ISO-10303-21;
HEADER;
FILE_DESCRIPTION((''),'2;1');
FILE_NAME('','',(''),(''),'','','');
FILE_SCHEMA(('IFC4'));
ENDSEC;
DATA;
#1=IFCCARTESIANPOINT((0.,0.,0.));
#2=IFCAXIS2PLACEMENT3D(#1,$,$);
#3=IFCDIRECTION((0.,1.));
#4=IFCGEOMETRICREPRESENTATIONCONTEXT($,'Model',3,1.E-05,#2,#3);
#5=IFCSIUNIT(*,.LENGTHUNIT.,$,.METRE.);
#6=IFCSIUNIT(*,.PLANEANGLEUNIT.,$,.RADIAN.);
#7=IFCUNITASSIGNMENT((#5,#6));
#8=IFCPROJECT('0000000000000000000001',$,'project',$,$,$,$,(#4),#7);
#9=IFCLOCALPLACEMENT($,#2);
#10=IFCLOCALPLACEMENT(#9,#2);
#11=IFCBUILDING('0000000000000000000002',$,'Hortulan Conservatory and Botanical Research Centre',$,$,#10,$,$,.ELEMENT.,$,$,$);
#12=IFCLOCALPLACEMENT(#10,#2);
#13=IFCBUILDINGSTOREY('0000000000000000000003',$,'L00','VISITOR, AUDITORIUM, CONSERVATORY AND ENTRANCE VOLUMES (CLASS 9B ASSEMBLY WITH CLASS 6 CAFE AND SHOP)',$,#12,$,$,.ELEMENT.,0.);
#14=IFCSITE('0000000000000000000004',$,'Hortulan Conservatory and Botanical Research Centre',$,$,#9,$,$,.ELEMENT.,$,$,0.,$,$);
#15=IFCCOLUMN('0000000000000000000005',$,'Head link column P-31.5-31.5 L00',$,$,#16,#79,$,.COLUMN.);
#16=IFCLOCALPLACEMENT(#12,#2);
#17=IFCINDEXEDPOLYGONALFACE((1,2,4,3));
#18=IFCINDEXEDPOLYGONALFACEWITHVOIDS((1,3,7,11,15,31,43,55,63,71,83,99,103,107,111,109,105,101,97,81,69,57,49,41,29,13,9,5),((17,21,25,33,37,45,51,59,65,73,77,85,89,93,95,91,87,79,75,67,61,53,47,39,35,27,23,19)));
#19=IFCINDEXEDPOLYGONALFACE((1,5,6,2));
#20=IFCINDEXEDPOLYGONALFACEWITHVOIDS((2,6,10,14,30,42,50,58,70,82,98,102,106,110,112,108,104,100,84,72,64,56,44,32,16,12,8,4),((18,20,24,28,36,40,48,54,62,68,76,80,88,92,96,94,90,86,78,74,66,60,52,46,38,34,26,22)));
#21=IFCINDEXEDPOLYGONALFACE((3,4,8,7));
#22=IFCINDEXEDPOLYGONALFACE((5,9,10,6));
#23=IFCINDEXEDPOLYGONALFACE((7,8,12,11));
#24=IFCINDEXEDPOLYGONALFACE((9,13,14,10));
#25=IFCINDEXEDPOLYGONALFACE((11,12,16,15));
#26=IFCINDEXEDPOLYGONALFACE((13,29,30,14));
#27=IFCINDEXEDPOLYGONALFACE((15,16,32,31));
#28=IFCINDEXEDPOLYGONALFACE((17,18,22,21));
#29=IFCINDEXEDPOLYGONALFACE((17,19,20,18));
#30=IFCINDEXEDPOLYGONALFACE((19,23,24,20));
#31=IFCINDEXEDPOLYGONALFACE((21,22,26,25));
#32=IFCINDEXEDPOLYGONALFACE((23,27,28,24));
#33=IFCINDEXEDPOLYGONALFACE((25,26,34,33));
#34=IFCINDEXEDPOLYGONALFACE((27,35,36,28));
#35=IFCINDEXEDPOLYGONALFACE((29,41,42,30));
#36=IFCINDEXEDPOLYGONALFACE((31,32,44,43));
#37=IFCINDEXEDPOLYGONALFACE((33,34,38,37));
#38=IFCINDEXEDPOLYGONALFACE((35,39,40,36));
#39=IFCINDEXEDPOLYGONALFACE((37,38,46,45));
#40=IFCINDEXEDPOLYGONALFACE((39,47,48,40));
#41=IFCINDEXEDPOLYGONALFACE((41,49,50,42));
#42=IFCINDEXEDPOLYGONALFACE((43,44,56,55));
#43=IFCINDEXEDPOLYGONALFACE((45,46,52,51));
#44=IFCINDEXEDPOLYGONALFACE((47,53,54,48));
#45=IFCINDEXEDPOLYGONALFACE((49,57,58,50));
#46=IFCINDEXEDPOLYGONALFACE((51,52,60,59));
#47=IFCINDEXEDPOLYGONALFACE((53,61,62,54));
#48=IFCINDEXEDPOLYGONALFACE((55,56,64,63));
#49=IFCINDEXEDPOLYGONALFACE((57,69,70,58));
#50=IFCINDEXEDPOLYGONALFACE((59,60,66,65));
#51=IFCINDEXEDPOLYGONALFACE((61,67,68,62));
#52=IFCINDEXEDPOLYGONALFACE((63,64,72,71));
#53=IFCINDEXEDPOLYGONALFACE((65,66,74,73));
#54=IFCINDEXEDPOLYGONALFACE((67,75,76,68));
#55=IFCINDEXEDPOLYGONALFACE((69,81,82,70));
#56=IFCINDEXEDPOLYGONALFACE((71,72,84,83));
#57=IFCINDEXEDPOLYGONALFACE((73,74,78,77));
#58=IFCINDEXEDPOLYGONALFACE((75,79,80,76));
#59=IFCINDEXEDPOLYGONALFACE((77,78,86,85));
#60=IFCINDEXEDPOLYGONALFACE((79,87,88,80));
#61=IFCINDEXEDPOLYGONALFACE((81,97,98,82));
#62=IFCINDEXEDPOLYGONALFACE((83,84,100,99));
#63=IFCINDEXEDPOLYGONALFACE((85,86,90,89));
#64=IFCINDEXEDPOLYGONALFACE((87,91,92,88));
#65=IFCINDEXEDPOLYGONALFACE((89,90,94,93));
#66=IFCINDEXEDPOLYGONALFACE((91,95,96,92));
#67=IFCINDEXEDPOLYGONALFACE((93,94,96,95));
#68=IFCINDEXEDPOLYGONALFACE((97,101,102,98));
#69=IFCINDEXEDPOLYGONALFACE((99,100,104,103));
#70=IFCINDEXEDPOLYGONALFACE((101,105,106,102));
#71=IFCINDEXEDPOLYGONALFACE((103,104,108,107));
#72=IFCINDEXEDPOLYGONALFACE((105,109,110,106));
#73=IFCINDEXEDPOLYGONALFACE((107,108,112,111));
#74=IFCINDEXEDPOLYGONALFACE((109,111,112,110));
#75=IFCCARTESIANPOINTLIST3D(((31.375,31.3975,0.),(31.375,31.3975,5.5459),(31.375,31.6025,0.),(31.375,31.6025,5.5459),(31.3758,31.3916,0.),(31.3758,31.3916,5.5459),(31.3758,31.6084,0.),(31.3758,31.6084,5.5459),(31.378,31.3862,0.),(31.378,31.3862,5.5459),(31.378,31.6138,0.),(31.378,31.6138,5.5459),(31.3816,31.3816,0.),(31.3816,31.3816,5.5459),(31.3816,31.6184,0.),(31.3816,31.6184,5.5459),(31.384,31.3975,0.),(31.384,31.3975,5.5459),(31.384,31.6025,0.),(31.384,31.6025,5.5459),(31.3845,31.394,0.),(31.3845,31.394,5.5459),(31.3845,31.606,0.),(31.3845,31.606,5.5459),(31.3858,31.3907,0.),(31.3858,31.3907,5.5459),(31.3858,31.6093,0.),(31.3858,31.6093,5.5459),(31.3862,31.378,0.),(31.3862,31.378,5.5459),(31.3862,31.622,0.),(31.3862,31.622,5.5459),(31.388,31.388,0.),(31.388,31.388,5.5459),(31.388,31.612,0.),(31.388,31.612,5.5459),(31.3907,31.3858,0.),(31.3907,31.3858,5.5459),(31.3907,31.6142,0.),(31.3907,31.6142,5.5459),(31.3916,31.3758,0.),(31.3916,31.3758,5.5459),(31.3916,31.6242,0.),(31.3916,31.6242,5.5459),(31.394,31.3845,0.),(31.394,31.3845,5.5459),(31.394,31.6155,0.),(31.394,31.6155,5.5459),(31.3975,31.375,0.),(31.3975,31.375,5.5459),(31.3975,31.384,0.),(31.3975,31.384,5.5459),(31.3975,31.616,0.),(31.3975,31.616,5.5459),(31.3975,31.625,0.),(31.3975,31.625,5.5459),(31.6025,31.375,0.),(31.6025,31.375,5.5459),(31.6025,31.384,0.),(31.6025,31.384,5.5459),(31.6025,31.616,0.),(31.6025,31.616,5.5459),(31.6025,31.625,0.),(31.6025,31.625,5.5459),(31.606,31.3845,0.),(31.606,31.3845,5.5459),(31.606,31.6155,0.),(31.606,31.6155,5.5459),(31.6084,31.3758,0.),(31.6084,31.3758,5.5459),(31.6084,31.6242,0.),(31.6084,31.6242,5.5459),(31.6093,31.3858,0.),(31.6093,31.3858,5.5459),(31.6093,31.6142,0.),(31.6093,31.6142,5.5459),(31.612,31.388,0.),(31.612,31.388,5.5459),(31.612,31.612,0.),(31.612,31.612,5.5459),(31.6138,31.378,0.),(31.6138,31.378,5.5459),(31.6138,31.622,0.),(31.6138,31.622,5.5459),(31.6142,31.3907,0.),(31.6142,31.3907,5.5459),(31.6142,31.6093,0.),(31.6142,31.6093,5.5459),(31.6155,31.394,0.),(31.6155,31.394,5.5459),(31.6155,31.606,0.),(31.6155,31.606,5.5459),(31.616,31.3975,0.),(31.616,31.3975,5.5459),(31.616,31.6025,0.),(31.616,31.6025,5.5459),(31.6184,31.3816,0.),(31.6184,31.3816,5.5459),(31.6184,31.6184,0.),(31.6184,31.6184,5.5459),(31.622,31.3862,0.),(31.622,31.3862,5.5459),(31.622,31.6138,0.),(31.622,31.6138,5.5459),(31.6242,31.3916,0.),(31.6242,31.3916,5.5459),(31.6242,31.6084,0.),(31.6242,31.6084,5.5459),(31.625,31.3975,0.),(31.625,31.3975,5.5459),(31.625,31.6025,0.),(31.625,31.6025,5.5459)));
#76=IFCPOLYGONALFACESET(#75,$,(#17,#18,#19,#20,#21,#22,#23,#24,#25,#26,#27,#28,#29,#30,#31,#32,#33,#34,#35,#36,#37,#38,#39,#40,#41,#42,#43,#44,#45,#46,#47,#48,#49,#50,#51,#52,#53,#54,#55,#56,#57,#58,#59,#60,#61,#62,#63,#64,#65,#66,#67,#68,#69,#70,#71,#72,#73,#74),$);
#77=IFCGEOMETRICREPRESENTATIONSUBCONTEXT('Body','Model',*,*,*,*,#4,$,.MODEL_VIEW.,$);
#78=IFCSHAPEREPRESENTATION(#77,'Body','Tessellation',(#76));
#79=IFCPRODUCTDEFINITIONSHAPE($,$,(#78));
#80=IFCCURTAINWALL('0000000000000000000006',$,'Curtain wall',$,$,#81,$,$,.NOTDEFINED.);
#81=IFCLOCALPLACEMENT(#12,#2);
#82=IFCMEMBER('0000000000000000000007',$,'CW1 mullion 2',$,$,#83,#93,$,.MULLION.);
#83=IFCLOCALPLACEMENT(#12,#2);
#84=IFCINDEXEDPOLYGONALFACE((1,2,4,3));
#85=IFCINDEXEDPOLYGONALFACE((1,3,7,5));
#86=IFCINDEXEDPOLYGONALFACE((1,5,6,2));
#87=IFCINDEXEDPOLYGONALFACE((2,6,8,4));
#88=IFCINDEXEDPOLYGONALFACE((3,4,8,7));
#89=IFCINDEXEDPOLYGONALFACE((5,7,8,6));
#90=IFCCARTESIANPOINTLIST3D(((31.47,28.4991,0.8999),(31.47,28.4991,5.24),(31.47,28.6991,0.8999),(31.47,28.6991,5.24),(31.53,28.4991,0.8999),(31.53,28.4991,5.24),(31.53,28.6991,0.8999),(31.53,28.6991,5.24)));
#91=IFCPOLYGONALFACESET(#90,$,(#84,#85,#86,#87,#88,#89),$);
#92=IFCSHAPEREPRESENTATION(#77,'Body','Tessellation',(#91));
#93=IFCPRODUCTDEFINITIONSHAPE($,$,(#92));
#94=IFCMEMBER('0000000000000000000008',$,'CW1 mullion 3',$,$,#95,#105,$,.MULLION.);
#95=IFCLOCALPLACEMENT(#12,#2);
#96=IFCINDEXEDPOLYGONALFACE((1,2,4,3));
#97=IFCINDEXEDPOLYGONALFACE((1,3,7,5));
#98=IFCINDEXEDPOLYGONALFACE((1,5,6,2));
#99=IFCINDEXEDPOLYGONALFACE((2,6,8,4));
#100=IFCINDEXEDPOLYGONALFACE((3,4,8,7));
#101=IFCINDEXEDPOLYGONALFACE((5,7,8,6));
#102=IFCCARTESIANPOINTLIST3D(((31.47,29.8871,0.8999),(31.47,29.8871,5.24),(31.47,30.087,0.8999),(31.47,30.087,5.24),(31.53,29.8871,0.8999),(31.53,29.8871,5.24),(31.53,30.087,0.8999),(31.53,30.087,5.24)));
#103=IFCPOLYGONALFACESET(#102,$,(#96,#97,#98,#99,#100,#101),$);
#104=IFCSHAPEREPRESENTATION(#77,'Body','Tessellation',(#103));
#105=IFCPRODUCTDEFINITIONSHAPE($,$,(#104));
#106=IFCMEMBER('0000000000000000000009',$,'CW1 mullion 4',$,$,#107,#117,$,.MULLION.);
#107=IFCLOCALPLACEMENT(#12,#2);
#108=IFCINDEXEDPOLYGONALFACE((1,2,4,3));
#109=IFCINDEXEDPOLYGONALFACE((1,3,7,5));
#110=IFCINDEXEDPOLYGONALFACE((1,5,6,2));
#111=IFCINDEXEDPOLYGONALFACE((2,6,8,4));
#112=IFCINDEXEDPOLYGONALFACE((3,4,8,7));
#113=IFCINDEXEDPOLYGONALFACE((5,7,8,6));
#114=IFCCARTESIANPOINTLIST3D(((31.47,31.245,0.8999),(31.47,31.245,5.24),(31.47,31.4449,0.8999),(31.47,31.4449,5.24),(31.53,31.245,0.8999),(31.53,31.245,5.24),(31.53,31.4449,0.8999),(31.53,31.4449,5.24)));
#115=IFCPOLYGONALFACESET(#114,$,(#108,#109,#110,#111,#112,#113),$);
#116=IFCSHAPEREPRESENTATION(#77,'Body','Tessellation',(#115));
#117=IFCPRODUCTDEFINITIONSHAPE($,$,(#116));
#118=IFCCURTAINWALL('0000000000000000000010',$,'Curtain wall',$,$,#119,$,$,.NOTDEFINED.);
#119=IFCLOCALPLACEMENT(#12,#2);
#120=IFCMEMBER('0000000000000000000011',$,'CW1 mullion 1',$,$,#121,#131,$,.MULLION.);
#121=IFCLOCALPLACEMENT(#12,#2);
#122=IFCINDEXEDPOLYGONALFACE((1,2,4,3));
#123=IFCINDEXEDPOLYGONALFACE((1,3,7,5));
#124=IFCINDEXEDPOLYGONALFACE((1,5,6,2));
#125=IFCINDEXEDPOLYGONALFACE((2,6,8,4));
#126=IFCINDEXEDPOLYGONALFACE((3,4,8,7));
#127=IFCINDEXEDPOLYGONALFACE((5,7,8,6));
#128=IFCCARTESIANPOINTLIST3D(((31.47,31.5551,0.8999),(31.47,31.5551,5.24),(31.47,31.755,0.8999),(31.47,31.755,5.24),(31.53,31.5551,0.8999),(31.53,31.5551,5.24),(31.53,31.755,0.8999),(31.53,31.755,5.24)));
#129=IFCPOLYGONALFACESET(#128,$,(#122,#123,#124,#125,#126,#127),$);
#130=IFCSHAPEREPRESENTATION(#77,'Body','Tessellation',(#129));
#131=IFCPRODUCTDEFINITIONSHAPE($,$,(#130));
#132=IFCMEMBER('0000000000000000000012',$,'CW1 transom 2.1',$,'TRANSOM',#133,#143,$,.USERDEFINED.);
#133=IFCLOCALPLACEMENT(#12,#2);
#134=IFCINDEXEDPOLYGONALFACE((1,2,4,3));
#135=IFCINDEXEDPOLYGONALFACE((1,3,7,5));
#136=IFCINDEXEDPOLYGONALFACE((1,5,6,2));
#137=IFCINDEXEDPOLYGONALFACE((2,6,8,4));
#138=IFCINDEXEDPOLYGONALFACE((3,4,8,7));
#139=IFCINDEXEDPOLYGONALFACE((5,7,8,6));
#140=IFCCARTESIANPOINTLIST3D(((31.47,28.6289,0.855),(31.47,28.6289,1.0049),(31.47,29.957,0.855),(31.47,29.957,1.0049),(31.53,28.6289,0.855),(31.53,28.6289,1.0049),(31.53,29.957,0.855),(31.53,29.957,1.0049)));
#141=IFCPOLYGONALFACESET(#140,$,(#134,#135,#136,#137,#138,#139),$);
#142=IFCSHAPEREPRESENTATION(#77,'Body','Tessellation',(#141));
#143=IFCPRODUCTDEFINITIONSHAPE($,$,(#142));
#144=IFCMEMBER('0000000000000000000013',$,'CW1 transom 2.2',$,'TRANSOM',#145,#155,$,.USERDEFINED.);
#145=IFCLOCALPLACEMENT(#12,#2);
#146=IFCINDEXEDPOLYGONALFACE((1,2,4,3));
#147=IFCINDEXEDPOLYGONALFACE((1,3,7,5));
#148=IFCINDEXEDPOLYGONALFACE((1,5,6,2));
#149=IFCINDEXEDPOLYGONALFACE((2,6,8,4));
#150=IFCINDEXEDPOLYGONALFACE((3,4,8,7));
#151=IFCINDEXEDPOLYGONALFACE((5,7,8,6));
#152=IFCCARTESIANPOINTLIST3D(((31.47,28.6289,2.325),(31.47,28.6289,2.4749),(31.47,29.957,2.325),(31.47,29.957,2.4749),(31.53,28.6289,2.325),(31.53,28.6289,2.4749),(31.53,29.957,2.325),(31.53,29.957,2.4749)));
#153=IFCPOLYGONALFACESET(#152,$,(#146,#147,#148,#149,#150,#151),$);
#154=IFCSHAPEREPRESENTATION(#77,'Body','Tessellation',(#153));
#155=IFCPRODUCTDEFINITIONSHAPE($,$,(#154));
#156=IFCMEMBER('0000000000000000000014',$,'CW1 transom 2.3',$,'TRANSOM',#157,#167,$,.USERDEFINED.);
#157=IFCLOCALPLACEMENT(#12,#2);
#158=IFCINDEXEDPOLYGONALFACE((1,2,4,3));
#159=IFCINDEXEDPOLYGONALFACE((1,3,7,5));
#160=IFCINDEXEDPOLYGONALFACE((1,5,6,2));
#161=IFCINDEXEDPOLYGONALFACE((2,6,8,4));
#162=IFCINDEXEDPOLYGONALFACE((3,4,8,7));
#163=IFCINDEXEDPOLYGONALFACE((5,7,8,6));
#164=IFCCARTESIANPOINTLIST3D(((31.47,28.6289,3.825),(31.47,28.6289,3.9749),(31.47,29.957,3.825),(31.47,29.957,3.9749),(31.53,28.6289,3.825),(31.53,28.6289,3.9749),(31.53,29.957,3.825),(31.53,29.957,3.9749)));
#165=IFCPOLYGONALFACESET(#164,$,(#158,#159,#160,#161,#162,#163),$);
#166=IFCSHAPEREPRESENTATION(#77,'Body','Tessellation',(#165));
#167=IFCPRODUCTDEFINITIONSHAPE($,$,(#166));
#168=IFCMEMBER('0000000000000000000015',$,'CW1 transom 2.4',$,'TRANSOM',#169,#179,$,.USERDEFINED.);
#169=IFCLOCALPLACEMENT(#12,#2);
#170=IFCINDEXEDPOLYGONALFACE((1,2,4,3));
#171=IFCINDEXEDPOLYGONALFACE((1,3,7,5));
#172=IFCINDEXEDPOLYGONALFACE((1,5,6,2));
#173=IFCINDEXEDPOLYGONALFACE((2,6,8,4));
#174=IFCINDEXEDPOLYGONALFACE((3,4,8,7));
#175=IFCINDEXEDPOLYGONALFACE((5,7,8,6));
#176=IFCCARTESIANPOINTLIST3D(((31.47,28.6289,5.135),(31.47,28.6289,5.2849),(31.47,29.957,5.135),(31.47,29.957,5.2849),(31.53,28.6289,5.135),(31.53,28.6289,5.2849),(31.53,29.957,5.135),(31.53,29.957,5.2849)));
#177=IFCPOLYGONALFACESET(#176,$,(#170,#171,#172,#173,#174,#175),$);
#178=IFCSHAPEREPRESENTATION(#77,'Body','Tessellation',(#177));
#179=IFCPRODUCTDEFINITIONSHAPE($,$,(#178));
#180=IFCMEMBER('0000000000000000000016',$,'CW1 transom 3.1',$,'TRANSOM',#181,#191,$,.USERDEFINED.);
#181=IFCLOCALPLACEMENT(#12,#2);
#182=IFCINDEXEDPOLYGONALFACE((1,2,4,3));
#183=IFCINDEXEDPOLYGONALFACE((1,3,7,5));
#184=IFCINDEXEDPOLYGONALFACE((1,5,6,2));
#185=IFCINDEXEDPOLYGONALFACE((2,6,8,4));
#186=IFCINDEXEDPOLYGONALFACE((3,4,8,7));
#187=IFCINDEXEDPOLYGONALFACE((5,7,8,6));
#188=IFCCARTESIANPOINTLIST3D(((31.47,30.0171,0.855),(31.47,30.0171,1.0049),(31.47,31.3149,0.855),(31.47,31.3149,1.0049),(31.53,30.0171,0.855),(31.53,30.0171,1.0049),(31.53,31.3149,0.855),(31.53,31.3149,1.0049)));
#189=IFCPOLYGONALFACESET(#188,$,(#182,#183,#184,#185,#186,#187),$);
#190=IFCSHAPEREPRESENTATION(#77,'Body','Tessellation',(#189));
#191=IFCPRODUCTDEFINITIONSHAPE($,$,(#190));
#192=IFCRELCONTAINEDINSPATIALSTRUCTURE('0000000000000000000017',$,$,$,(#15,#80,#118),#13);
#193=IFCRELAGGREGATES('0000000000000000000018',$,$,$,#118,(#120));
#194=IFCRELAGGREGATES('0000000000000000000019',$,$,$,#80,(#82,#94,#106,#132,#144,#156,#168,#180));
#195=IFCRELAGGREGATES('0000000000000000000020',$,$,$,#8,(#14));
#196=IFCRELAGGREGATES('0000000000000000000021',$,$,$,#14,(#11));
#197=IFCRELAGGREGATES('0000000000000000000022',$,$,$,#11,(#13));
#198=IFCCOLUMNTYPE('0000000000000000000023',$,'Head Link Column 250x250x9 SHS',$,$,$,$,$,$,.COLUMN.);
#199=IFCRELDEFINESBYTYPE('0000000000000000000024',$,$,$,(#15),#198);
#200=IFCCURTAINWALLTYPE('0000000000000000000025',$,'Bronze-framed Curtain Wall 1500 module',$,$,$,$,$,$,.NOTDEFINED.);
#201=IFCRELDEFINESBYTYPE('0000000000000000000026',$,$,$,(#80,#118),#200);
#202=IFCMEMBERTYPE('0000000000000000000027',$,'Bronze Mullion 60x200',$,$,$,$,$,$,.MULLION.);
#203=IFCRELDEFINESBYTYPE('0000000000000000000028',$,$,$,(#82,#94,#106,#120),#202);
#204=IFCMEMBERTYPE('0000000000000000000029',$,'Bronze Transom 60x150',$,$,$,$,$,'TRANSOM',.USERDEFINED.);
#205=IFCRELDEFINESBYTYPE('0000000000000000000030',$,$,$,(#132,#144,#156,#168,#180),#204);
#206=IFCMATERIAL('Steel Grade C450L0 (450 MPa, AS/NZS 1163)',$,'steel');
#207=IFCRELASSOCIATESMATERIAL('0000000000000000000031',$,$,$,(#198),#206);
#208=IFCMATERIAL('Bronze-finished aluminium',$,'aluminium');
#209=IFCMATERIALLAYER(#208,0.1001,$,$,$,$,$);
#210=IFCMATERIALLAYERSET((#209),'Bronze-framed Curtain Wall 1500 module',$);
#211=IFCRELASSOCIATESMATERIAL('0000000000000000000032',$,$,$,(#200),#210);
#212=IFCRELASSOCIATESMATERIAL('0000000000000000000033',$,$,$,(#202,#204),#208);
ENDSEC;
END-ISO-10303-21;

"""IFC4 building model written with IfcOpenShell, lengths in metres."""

from ifc_helpers import new_model, si_unit, direction, frame, origin, origin_2d, place, context, subcontext, project, spatial, rectangle, hollow_rectangle, extrude, material, layer, layer_set, material_profile, profile_set, type_object, element, aggregate, save


model = new_model("IFC4")

# Units and contexts
model_context = context("Model", 3, precision=1e-05, world=origin(), true_north=direction((0.0, 1.0)))
body_context = subcontext(model_context, "Body", "Model", "MODEL_VIEW")
ifc_project = project(units=[si_unit("LENGTHUNIT", "METRE"), si_unit("PLANEANGLEUNIT", "RADIAN")], contexts=[model_context])

# Site, building, storey
site_placement = place(None, origin())
site = spatial("IfcSite", under=ifc_project, at=site_placement, Name="Hortulan Conservatory and Botanical Research Centre", CompositionType="ELEMENT", RefElevation=0.0)
building_placement = place(site_placement, origin())
building = spatial("IfcBuilding", under=site, at=building_placement, Name="Hortulan Conservatory and Botanical Research Centre", CompositionType="ELEMENT")
storey_placement = place(building_placement, origin())
storey = spatial("IfcBuildingStorey", under=building, at=storey_placement, Name="L00", Description="VISITOR, AUDITORIUM, CONSERVATORY AND ENTRANCE VOLUMES (CLASS 9B ASSEMBLY WITH CLASS 6 CAFE AND SHOP)", CompositionType="ELEMENT", Elevation=0.0)

# Column
ifc_material_1 = material(Name="Steel Grade C450L0 (450 MPa, AS/NZS 1163)", Category="steel")
ifc_material_profile_1 = material_profile(ifc_material_1, hollow_rectangle(XDim=0.25, YDim=0.25, WallThickness=0.009, InnerFilletRadius=0.0134, OuterFilletRadius=0.0225, at=origin_2d()), Name="250x250x9SHS")
ifc_profile_set_1 = profile_set([ifc_material_profile_1], Name="Steel Grade C450L0 (450 MPa, AS/NZS 1163)")
column_type = type_object("IfcColumnType", Name="Head Link Column 250x250x9 SHS", PredefinedType="COLUMN", material=ifc_profile_set_1)
column_placement = place(storey_placement, frame((31.5, 31.5, 0.0), z_axis=(0.0, 0.0, 1.0), x_axis=(1.0, 0.0, 0.0)))
element("IfcColumn", 1, at=column_placement, inside=storey, type_object=column_type, Name="Head link column P-31.5-31.5 L00", PredefinedType="COLUMN", context=body_context, shape_type="SweptSolid", body=[
    extrude(hollow_rectangle(XDim=0.25, YDim=0.25, WallThickness=0.009, InnerFilletRadius=0.0134, OuterFilletRadius=0.0225, at=origin_2d()), origin(), (0.0, 0.0, 1.0), 5.5459),
])

# Curtain wall, members
ifc_material_2 = material(Name="Bronze-finished aluminium", Category="aluminium")
ifc_layer_1 = layer(ifc_material_2, 0.1001)
ifc_layer_set_1 = layer_set([ifc_layer_1], Name="Bronze-framed Curtain Wall 1500 module")
curtain_wall_type = type_object("IfcCurtainWallType", Name="Bronze-framed Curtain Wall 1500 module", PredefinedType="NOTDEFINED", material=ifc_layer_set_1)
curtain_wall_1_placement = place(storey_placement, origin())
curtain_wall_1 = element("IfcCurtainWall", 2, at=curtain_wall_1_placement, inside=storey, type_object=curtain_wall_type, Name="Curtain wall", PredefinedType="NOTDEFINED")
ifc_material_profile_2 = material_profile(ifc_material_2, rectangle(XDim=0.0601, YDim=0.2, at=origin_2d()), Name="Bronze Mullion 60x200")
ifc_profile_set_2 = profile_set([ifc_material_profile_2], Name="Bronze-finished aluminium")
member_type_1 = type_object("IfcMemberType", Name="Bronze Mullion 60x200", PredefinedType="MULLION", material=ifc_profile_set_2)
member_1_placement = place(storey_placement, frame((31.5, 28.5991, 0.8999), z_axis=(0.0, 0.0, 1.0), x_axis=(-1.0, 0.0, 0.0)))
member_1 = element("IfcMember", 3, at=member_1_placement, type_object=member_type_1, Name="CW1 mullion 2", PredefinedType="MULLION", context=body_context, shape_type="SweptSolid", body=[
    extrude(rectangle(XDim=0.0601, YDim=0.2, at=origin_2d()), origin(), (0.0, 0.0, 1.0), 4.3401),
])
member_2_placement = place(storey_placement, frame((31.5, 29.9871, 0.8999), z_axis=(0.0, 0.0, 1.0), x_axis=(-1.0, 0.0, 0.0)))
member_2 = element("IfcMember", 4, at=member_2_placement, type_object=member_type_1, Name="CW1 mullion 3", PredefinedType="MULLION", context=body_context, shape_type="SweptSolid", body=[
    extrude(rectangle(XDim=0.0601, YDim=0.2, at=origin_2d()), origin(), (0.0, 0.0, 1.0), 4.3401),
])
member_3_placement = place(storey_placement, frame((31.5, 31.345, 0.8999), z_axis=(0.0, 0.0, 1.0), x_axis=(-1.0, 0.0, 0.0)))
member_3 = element("IfcMember", 5, at=member_3_placement, type_object=member_type_1, Name="CW1 mullion 4", PredefinedType="MULLION", context=body_context, shape_type="SweptSolid", body=[
    extrude(rectangle(XDim=0.0601, YDim=0.2, at=origin_2d()), origin(), (0.0, 0.0, 1.0), 4.3401),
])

# Curtain wall, member
curtain_wall_2_placement = place(storey_placement, origin())
curtain_wall_2 = element("IfcCurtainWall", 6, at=curtain_wall_2_placement, inside=storey, type_object=curtain_wall_type, Name="Curtain wall", PredefinedType="NOTDEFINED")
member_4_placement = place(storey_placement, frame((31.5, 31.655, 0.8999), z_axis=(0.0, 0.0, 1.0), x_axis=(-1.0, 0.0, 0.0)))
member_4 = element("IfcMember", 7, at=member_4_placement, type_object=member_type_1, Name="CW1 mullion 1", PredefinedType="MULLION", context=body_context, shape_type="SweptSolid", body=[
    extrude(rectangle(XDim=0.0601, YDim=0.2, at=origin_2d()), origin(), (0.0, 0.0, 1.0), 4.3401),
])
aggregate(curtain_wall_2, [member_4])

# Members
ifc_material_profile_3 = material_profile(ifc_material_2, rectangle(XDim=0.0601, YDim=0.1499, at=origin_2d()), Name="Bronze Transom 60x150")
ifc_profile_set_3 = profile_set([ifc_material_profile_3], Name="Bronze-finished aluminium")
member_type_2 = type_object("IfcMemberType", Name="Bronze Transom 60x150", ElementType="TRANSOM", PredefinedType="USERDEFINED", material=ifc_profile_set_3)
member_5_placement = place(storey_placement, frame((31.5, 28.6289, 0.9299), z_axis=(0.0, 1.0, 0.0), x_axis=(-1.0, 0.0, 0.0)))
member_5 = element("IfcMember", 8, at=member_5_placement, type_object=member_type_2, Name="CW1 transom 2.1", ObjectType="TRANSOM", PredefinedType="USERDEFINED", context=body_context, shape_type="SweptSolid", body=[
    extrude(rectangle(XDim=0.0601, YDim=0.1499, at=origin_2d()), origin(), (0.0, 0.0, 1.0), 1.3281),
])
member_6_placement = place(storey_placement, frame((31.5, 28.6289, 2.3999), z_axis=(0.0, 1.0, 0.0), x_axis=(-1.0, 0.0, 0.0)))
member_6 = element("IfcMember", 9, at=member_6_placement, type_object=member_type_2, Name="CW1 transom 2.2", ObjectType="TRANSOM", PredefinedType="USERDEFINED", context=body_context, shape_type="SweptSolid", body=[
    extrude(rectangle(XDim=0.0601, YDim=0.1499, at=origin_2d()), origin(), (0.0, 0.0, 1.0), 1.3281),
])
member_7_placement = place(storey_placement, frame((31.5, 28.6289, 3.8999), z_axis=(0.0, 1.0, 0.0), x_axis=(-1.0, 0.0, 0.0)))
member_7 = element("IfcMember", 10, at=member_7_placement, type_object=member_type_2, Name="CW1 transom 2.3", ObjectType="TRANSOM", PredefinedType="USERDEFINED", context=body_context, shape_type="SweptSolid", body=[
    extrude(rectangle(XDim=0.0601, YDim=0.1499, at=origin_2d()), origin(), (0.0, 0.0, 1.0), 1.3281),
])
member_8_placement = place(storey_placement, frame((31.5, 28.6289, 5.21), z_axis=(0.0, 1.0, 0.0), x_axis=(-1.0, 0.0, 0.0)))
member_8 = element("IfcMember", 11, at=member_8_placement, type_object=member_type_2, Name="CW1 transom 2.4", ObjectType="TRANSOM", PredefinedType="USERDEFINED", context=body_context, shape_type="SweptSolid", body=[
    extrude(rectangle(XDim=0.0601, YDim=0.1499, at=origin_2d()), origin(), (0.0, 0.0, 1.0), 1.3281),
])
member_9_placement = place(storey_placement, frame((31.5, 30.0171, 0.9299), z_axis=(0.0, 1.0, 0.0), x_axis=(-1.0, 0.0, 0.0)))
member_9 = element("IfcMember", 12, at=member_9_placement, type_object=member_type_2, Name="CW1 transom 3.1", ObjectType="TRANSOM", PredefinedType="USERDEFINED", context=body_context, shape_type="SweptSolid", body=[
    extrude(rectangle(XDim=0.0601, YDim=0.1499, at=origin_2d()), origin(), (0.0, 0.0, 1.0), 1.2979),
])

aggregate(curtain_wall_1, [member_1, member_2, member_3, member_5, member_6, member_7, member_8, member_9])

save(model, "model.ifc")
